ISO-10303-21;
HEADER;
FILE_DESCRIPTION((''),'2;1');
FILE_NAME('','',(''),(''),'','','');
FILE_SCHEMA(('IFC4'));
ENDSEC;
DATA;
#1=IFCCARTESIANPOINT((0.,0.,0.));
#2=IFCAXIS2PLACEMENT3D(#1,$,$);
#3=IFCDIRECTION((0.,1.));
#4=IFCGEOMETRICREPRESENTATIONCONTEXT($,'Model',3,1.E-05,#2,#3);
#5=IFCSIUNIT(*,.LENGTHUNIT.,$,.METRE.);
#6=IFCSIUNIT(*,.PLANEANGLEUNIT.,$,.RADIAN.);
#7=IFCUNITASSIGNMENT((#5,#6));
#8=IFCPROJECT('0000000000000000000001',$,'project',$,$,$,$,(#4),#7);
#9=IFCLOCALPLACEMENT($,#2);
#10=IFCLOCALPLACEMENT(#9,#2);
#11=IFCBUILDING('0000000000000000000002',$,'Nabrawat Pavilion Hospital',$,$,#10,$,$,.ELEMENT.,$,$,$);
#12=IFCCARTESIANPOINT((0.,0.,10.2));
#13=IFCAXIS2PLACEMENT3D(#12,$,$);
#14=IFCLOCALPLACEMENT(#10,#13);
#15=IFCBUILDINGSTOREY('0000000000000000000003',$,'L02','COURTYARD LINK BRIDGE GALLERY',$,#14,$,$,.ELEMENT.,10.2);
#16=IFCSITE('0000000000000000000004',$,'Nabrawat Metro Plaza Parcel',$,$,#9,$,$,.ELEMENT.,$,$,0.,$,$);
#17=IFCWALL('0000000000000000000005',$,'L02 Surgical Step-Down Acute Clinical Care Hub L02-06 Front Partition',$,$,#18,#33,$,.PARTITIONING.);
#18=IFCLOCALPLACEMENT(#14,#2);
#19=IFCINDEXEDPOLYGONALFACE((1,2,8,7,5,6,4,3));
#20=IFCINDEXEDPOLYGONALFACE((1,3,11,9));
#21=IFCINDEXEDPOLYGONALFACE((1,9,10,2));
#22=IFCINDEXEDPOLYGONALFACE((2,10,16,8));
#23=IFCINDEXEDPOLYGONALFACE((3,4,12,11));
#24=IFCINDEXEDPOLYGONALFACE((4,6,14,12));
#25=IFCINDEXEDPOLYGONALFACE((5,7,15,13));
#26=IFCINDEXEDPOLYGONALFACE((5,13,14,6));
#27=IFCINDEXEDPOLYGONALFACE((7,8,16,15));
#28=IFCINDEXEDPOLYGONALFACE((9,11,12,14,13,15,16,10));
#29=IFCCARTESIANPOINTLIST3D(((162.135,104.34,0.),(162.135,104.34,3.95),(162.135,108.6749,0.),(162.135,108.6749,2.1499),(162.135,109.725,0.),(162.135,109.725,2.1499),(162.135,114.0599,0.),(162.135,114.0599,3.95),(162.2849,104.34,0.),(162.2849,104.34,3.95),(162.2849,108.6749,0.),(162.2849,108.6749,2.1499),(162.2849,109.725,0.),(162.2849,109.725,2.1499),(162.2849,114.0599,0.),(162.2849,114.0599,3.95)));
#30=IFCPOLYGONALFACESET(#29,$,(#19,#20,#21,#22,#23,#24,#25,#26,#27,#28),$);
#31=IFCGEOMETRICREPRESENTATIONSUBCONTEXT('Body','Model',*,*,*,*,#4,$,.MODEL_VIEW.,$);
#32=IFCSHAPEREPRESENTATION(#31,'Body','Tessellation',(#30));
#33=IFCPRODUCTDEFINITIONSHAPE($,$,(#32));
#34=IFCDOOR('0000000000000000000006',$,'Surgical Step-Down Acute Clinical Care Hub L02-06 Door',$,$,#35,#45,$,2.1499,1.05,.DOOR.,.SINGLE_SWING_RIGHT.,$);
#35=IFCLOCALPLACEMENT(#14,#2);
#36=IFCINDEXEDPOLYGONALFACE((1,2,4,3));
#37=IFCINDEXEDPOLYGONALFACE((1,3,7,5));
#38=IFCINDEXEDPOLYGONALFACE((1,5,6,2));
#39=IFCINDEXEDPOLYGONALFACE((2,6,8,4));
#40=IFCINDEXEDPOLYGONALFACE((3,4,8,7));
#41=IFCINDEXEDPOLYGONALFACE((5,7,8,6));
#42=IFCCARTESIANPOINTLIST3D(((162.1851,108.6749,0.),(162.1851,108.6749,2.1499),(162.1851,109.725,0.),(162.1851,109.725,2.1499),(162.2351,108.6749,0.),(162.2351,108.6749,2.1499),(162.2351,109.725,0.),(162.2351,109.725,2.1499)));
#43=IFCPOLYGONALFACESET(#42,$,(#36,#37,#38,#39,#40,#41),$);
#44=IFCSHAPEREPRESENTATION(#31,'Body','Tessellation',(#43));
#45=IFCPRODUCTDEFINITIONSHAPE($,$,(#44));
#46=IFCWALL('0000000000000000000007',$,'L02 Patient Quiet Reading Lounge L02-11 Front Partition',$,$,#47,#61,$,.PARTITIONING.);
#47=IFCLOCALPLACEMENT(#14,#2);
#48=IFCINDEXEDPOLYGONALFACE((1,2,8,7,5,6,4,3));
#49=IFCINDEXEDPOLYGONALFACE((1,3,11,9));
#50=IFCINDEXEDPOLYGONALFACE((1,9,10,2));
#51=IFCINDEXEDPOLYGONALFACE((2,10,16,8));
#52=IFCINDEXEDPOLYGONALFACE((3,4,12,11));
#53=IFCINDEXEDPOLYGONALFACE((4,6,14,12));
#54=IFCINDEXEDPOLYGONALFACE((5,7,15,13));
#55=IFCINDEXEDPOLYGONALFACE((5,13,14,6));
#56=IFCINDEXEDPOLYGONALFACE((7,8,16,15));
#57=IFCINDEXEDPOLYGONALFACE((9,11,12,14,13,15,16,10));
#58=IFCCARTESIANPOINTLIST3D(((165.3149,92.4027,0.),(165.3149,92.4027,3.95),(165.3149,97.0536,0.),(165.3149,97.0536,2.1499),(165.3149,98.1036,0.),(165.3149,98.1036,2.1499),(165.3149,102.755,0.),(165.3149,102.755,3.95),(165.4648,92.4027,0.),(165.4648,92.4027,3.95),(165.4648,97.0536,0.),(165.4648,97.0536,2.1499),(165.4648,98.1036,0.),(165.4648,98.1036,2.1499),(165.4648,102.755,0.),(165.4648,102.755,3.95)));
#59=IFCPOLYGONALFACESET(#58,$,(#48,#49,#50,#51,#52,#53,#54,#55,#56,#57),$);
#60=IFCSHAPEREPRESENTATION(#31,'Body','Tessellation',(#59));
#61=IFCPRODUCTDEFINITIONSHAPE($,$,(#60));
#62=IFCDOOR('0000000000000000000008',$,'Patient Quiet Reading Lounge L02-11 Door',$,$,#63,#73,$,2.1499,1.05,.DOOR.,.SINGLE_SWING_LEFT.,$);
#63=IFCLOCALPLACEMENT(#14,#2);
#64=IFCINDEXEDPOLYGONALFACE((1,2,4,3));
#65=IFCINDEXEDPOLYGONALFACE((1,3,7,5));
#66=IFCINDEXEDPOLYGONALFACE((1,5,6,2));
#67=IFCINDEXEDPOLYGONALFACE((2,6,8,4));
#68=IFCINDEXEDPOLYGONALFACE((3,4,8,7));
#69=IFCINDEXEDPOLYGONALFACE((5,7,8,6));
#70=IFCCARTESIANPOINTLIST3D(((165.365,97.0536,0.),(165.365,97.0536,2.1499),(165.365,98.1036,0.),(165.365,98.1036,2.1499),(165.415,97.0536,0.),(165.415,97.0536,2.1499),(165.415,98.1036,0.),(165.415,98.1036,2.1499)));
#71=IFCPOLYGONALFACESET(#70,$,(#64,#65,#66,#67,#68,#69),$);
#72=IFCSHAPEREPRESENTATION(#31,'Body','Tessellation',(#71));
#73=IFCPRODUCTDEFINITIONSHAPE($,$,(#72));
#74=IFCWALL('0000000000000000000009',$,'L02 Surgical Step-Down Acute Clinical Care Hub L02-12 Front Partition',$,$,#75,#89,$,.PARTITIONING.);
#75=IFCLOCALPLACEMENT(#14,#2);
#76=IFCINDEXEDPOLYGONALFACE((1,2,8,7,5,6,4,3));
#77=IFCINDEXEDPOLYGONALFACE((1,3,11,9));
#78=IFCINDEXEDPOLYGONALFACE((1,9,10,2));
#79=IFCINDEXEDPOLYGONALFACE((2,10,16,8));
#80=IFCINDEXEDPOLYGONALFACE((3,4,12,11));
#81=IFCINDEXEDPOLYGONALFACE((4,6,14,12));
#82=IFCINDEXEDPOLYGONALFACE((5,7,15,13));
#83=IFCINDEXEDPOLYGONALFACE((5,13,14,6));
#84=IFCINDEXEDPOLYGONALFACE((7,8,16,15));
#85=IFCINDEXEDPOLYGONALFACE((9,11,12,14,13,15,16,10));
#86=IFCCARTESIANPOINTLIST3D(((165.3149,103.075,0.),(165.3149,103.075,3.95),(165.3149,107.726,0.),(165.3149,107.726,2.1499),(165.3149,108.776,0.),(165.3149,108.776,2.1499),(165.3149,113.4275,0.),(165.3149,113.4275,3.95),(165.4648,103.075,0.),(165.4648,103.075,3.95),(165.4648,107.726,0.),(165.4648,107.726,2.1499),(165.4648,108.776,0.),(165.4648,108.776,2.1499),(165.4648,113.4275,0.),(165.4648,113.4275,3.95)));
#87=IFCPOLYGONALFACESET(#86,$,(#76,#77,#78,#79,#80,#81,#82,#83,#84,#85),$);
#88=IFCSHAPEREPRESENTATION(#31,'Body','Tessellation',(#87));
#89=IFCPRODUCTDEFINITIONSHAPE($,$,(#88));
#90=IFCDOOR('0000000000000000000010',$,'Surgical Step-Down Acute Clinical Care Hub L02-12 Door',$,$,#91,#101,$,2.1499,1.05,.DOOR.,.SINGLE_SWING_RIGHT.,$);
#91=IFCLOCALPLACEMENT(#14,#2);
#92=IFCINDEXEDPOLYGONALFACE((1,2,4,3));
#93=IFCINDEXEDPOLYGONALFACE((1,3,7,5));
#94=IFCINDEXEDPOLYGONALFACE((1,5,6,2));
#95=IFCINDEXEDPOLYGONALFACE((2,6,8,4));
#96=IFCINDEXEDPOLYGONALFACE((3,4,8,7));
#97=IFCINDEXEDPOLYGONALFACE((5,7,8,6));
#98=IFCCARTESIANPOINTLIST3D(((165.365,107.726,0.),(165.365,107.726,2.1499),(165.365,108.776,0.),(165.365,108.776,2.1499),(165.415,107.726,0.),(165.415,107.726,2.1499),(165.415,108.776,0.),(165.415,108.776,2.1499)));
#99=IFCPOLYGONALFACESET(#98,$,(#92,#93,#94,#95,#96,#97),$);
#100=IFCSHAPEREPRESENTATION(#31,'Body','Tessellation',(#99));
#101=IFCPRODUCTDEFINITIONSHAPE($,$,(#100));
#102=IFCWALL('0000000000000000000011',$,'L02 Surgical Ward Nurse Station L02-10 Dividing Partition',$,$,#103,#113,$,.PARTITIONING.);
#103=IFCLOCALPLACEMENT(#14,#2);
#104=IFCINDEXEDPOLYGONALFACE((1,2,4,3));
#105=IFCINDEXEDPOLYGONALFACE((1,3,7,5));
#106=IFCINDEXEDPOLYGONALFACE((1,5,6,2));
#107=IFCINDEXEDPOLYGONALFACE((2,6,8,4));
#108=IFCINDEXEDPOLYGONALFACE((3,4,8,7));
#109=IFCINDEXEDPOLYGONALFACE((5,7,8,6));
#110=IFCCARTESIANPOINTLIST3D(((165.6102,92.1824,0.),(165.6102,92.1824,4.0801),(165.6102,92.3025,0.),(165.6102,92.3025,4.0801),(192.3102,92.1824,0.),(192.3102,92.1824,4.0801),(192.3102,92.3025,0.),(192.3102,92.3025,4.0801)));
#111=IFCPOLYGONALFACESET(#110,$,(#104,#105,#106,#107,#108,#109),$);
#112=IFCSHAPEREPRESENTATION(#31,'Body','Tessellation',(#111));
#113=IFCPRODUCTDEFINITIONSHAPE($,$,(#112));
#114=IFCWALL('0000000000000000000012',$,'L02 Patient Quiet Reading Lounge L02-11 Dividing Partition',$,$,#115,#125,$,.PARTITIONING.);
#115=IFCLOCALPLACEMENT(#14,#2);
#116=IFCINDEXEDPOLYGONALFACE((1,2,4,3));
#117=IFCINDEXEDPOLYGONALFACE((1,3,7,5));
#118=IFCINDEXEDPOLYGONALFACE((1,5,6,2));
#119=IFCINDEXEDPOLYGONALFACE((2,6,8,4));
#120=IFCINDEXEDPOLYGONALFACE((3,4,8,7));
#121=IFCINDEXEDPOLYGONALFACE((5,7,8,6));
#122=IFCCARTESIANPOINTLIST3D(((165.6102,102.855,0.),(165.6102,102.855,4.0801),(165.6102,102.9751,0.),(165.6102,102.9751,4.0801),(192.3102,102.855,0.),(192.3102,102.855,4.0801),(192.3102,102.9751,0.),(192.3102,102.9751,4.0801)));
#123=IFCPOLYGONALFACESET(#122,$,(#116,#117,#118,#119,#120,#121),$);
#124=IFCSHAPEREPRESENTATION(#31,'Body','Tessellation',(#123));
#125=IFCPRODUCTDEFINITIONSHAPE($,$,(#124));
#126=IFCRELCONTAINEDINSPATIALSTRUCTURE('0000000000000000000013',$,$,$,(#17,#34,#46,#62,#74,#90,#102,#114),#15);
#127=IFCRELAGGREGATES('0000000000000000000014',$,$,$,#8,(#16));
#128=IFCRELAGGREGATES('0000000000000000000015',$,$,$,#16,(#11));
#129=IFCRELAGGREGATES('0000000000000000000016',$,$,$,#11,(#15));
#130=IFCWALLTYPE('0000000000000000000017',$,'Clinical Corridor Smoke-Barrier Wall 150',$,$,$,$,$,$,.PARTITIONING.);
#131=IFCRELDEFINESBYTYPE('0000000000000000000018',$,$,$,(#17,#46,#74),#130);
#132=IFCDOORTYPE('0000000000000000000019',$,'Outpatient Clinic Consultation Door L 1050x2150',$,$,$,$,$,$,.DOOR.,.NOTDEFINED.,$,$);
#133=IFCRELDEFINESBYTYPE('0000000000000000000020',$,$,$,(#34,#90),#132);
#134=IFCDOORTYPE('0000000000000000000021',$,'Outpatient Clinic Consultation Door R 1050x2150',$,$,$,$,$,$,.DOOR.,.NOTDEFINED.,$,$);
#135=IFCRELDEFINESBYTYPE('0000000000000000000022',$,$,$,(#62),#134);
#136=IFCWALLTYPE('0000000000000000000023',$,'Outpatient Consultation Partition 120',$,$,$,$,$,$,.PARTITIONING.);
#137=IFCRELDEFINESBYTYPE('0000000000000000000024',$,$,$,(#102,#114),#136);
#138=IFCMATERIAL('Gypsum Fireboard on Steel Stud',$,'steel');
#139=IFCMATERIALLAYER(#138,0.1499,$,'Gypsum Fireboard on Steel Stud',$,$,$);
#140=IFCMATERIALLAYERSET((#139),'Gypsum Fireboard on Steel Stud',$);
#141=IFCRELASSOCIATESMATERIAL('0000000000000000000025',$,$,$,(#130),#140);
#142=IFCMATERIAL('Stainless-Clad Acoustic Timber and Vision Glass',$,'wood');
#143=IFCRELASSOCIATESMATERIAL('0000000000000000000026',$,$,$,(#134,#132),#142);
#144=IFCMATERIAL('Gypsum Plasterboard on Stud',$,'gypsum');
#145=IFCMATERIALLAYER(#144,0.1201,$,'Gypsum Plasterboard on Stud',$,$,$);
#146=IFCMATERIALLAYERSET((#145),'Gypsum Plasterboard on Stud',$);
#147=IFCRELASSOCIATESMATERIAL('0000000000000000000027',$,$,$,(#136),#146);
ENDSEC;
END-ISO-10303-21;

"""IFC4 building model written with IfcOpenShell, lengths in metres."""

from ifc_helpers import new_model, si_unit, direction, frame, frame_2d, origin, place, context, subcontext, project, spatial, rectangle, extrude, material, layer, layer_set, type_object, element, fill, save


model = new_model("IFC4")

# Units and contexts
model_context = context("Model", 3, precision=1e-05, world=origin(), true_north=direction((0.0, 1.0)))
body_context = subcontext(model_context, "Body", "Model", "MODEL_VIEW")
ifc_project = project(units=[si_unit("LENGTHUNIT", "METRE"), si_unit("PLANEANGLEUNIT", "RADIAN")], contexts=[model_context])

# Site, building, storey
site_placement = place(None, origin())
site = spatial("IfcSite", under=ifc_project, at=site_placement, Name="Nabrawat Metro Plaza Parcel", CompositionType="ELEMENT", RefElevation=0.0)
building_placement = place(site_placement, origin())
building = spatial("IfcBuilding", under=site, at=building_placement, Name="Nabrawat Pavilion Hospital", CompositionType="ELEMENT")
storey_placement = place(building_placement, frame((0.0, 0.0, 10.2)))
storey = spatial("IfcBuildingStorey", under=building, at=storey_placement, Name="L02", Description="COURTYARD LINK BRIDGE GALLERY", CompositionType="ELEMENT", Elevation=10.2)

# Walls, openings, doors
ifc_material_1 = material(Name="Gypsum Fireboard on Steel Stud", Category="steel")
ifc_layer_1 = layer(ifc_material_1, 0.1499, Name="Gypsum Fireboard on Steel Stud")
ifc_layer_set_1 = layer_set([ifc_layer_1], Name="Gypsum Fireboard on Steel Stud")
wall_type_1 = type_object("IfcWallType", Name="Clinical Corridor Smoke-Barrier Wall 150", PredefinedType="PARTITIONING", material=ifc_layer_set_1)
ifc_material_2 = material(Name="Stainless-Clad Acoustic Timber and Vision Glass", Category="wood")
door_type_1 = type_object("IfcDoorType", Name="Outpatient Clinic Consultation Door R 1050x2150", OperationType="NOTDEFINED", PredefinedType="DOOR", material=ifc_material_2)
wall_1_placement = place(storey_placement, frame((162.21, 104.3401, 0.0), z_axis=(0.0, 0.0, 1.0), x_axis=(0.0, 1.0, 0.0)))
wall_1 = element("IfcWall", 1, at=wall_1_placement, inside=storey, type_object=wall_type_1, Name="L02 Surgical Step-Down Acute Clinical Care Hub L02-06 Front Partition", PredefinedType="PARTITIONING", context=body_context, shape_type="SweptSolid", body=[
    extrude(rectangle(XDim=9.72, YDim=0.1499, at=frame_2d((4.8599, 0.0))), origin(), (0.0, 0.0, 1.0), 3.95),
])
opening_1_placement = place(wall_1_placement, frame((4.335, 0.0, 0.0)))
opening_1 = element("IfcOpeningElement", 2, at=opening_1_placement, cuts=wall_1, PredefinedType="OPENING", context=body_context, shape_type="SweptSolid", body=[
    extrude(rectangle(XDim=1.05, YDim=2.1499, at=frame_2d((0.5249, 1.075))), frame((0.0, 0.085, 0.0), z_axis=(0.0, -1.0, 0.0), x_axis=(1.0, 0.0, 0.0)), (0.0, 0.0, 1.0), 0.1699),
])
door_type_2 = type_object("IfcDoorType", Name="Outpatient Clinic Consultation Door L 1050x2150", OperationType="NOTDEFINED", PredefinedType="DOOR", material=ifc_material_2)
door_1_placement = place(opening_1_placement, origin())
door_1 = element("IfcDoor", 3, at=door_1_placement, inside=storey, type_object=door_type_2, Name="Surgical Step-Down Acute Clinical Care Hub L02-06 Door", OperationType="SINGLE_SWING_RIGHT", OverallHeight=2.1499, OverallWidth=1.05, PredefinedType="DOOR", context=body_context, shape_type="SweptSolid", body=[
    extrude(rectangle(XDim=1.05, YDim=2.1499, at=frame_2d((0.5249, 1.075))), frame((0.0, 0.0249, 0.0), z_axis=(0.0, -1.0, 0.0), x_axis=(1.0, 0.0, 0.0)), (0.0, 0.0, 1.0), 0.05),
])
fill(opening_1, door_1)
wall_2_placement = place(storey_placement, frame((165.3899, 92.4026, 0.0), z_axis=(0.0, 0.0, 1.0), x_axis=(0.0, 1.0, 0.0)))
wall_2 = element("IfcWall", 4, at=wall_2_placement, inside=storey, type_object=wall_type_1, Name="L02 Patient Quiet Reading Lounge L02-11 Front Partition", PredefinedType="PARTITIONING", context=body_context, shape_type="SweptSolid", body=[
    extrude(rectangle(XDim=10.3523, YDim=0.1499, at=frame_2d((5.1763, 0.0))), origin(), (0.0, 0.0, 1.0), 3.95),
])
opening_2_placement = place(wall_2_placement, frame((4.6511, 0.0, 0.0)))
opening_2 = element("IfcOpeningElement", 5, at=opening_2_placement, cuts=wall_2, PredefinedType="OPENING", context=body_context, shape_type="SweptSolid", body=[
    extrude(rectangle(XDim=1.05, YDim=2.1499, at=frame_2d((0.5249, 1.075))), frame((0.0, 0.085, 0.0), z_axis=(0.0, -1.0, 0.0), x_axis=(1.0, 0.0, 0.0)), (0.0, 0.0, 1.0), 0.1699),
])
door_2_placement = place(opening_2_placement, origin())
door_2 = element("IfcDoor", 6, at=door_2_placement, inside=storey, type_object=door_type_1, Name="Patient Quiet Reading Lounge L02-11 Door", OperationType="SINGLE_SWING_LEFT", OverallHeight=2.1499, OverallWidth=1.05, PredefinedType="DOOR", context=body_context, shape_type="SweptSolid", body=[
    extrude(rectangle(XDim=1.05, YDim=2.1499, at=frame_2d((0.5249, 1.075))), frame((0.0, 0.0249, 0.0), z_axis=(0.0, -1.0, 0.0), x_axis=(1.0, 0.0, 0.0)), (0.0, 0.0, 1.0), 0.05),
])
fill(opening_2, door_2)
wall_3_placement = place(storey_placement, frame((165.3899, 103.075, 0.0), z_axis=(0.0, 0.0, 1.0), x_axis=(0.0, 1.0, 0.0)))
wall_3 = element("IfcWall", 7, at=wall_3_placement, inside=storey, type_object=wall_type_1, Name="L02 Surgical Step-Down Acute Clinical Care Hub L02-12 Front Partition", PredefinedType="PARTITIONING", context=body_context, shape_type="SweptSolid", body=[
    extrude(rectangle(XDim=10.3525, YDim=0.1499, at=frame_2d((5.1763, 0.0))), origin(), (0.0, 0.0, 1.0), 3.95),
])
opening_3_placement = place(wall_3_placement, frame((4.6511, 0.0, 0.0)))
opening_3 = element("IfcOpeningElement", 8, at=opening_3_placement, cuts=wall_3, PredefinedType="OPENING", context=body_context, shape_type="SweptSolid", body=[
    extrude(rectangle(XDim=1.05, YDim=2.1499, at=frame_2d((0.5249, 1.075))), frame((0.0, 0.085, 0.0), z_axis=(0.0, -1.0, 0.0), x_axis=(1.0, 0.0, 0.0)), (0.0, 0.0, 1.0), 0.1699),
])
door_3_placement = place(opening_3_placement, origin())
door_3 = element("IfcDoor", 9, at=door_3_placement, inside=storey, type_object=door_type_2, Name="Surgical Step-Down Acute Clinical Care Hub L02-12 Door", OperationType="SINGLE_SWING_RIGHT", OverallHeight=2.1499, OverallWidth=1.05, PredefinedType="DOOR", context=body_context, shape_type="SweptSolid", body=[
    extrude(rectangle(XDim=1.05, YDim=2.1499, at=frame_2d((0.5249, 1.075))), frame((0.0, 0.0249, 0.0), z_axis=(0.0, -1.0, 0.0), x_axis=(1.0, 0.0, 0.0)), (0.0, 0.0, 1.0), 0.05),
])
fill(opening_3, door_3)

# Walls
ifc_material_3 = material(Name="Gypsum Plasterboard on Stud", Category="gypsum")
ifc_layer_2 = layer(ifc_material_3, 0.1201, Name="Gypsum Plasterboard on Stud")
ifc_layer_set_2 = layer_set([ifc_layer_2], Name="Gypsum Plasterboard on Stud")
wall_type_2 = type_object("IfcWallType", Name="Outpatient Consultation Partition 120", PredefinedType="PARTITIONING", material=ifc_layer_set_2)
for number, where, z_axis, x_axis, name in (
    (10, (165.6101, 92.2424, 0.0), (0.0, 0.0, 1.0), (1.0, 0.0, 0.0), "L02 Surgical Ward Nurse Station L02-10 Dividing Partition"),
    (11, (165.6101, 102.915, 0.0), (0.0, 0.0, 1.0), (1.0, 0.0, 0.0), "L02 Patient Quiet Reading Lounge L02-11 Dividing Partition"),
):
    element("IfcWall", number, at=place(storey_placement, frame(where, z_axis=z_axis, x_axis=x_axis)), inside=storey, type_object=wall_type_2, Name=name, PredefinedType="PARTITIONING", context=body_context, shape_type="SweptSolid", body=[
        extrude(rectangle(XDim=26.7, YDim=0.1201, at=frame_2d((13.3501, 0.0))), origin(), (0.0, 0.0, 1.0), 4.0801),
    ])

save(model, "model.ifc")
